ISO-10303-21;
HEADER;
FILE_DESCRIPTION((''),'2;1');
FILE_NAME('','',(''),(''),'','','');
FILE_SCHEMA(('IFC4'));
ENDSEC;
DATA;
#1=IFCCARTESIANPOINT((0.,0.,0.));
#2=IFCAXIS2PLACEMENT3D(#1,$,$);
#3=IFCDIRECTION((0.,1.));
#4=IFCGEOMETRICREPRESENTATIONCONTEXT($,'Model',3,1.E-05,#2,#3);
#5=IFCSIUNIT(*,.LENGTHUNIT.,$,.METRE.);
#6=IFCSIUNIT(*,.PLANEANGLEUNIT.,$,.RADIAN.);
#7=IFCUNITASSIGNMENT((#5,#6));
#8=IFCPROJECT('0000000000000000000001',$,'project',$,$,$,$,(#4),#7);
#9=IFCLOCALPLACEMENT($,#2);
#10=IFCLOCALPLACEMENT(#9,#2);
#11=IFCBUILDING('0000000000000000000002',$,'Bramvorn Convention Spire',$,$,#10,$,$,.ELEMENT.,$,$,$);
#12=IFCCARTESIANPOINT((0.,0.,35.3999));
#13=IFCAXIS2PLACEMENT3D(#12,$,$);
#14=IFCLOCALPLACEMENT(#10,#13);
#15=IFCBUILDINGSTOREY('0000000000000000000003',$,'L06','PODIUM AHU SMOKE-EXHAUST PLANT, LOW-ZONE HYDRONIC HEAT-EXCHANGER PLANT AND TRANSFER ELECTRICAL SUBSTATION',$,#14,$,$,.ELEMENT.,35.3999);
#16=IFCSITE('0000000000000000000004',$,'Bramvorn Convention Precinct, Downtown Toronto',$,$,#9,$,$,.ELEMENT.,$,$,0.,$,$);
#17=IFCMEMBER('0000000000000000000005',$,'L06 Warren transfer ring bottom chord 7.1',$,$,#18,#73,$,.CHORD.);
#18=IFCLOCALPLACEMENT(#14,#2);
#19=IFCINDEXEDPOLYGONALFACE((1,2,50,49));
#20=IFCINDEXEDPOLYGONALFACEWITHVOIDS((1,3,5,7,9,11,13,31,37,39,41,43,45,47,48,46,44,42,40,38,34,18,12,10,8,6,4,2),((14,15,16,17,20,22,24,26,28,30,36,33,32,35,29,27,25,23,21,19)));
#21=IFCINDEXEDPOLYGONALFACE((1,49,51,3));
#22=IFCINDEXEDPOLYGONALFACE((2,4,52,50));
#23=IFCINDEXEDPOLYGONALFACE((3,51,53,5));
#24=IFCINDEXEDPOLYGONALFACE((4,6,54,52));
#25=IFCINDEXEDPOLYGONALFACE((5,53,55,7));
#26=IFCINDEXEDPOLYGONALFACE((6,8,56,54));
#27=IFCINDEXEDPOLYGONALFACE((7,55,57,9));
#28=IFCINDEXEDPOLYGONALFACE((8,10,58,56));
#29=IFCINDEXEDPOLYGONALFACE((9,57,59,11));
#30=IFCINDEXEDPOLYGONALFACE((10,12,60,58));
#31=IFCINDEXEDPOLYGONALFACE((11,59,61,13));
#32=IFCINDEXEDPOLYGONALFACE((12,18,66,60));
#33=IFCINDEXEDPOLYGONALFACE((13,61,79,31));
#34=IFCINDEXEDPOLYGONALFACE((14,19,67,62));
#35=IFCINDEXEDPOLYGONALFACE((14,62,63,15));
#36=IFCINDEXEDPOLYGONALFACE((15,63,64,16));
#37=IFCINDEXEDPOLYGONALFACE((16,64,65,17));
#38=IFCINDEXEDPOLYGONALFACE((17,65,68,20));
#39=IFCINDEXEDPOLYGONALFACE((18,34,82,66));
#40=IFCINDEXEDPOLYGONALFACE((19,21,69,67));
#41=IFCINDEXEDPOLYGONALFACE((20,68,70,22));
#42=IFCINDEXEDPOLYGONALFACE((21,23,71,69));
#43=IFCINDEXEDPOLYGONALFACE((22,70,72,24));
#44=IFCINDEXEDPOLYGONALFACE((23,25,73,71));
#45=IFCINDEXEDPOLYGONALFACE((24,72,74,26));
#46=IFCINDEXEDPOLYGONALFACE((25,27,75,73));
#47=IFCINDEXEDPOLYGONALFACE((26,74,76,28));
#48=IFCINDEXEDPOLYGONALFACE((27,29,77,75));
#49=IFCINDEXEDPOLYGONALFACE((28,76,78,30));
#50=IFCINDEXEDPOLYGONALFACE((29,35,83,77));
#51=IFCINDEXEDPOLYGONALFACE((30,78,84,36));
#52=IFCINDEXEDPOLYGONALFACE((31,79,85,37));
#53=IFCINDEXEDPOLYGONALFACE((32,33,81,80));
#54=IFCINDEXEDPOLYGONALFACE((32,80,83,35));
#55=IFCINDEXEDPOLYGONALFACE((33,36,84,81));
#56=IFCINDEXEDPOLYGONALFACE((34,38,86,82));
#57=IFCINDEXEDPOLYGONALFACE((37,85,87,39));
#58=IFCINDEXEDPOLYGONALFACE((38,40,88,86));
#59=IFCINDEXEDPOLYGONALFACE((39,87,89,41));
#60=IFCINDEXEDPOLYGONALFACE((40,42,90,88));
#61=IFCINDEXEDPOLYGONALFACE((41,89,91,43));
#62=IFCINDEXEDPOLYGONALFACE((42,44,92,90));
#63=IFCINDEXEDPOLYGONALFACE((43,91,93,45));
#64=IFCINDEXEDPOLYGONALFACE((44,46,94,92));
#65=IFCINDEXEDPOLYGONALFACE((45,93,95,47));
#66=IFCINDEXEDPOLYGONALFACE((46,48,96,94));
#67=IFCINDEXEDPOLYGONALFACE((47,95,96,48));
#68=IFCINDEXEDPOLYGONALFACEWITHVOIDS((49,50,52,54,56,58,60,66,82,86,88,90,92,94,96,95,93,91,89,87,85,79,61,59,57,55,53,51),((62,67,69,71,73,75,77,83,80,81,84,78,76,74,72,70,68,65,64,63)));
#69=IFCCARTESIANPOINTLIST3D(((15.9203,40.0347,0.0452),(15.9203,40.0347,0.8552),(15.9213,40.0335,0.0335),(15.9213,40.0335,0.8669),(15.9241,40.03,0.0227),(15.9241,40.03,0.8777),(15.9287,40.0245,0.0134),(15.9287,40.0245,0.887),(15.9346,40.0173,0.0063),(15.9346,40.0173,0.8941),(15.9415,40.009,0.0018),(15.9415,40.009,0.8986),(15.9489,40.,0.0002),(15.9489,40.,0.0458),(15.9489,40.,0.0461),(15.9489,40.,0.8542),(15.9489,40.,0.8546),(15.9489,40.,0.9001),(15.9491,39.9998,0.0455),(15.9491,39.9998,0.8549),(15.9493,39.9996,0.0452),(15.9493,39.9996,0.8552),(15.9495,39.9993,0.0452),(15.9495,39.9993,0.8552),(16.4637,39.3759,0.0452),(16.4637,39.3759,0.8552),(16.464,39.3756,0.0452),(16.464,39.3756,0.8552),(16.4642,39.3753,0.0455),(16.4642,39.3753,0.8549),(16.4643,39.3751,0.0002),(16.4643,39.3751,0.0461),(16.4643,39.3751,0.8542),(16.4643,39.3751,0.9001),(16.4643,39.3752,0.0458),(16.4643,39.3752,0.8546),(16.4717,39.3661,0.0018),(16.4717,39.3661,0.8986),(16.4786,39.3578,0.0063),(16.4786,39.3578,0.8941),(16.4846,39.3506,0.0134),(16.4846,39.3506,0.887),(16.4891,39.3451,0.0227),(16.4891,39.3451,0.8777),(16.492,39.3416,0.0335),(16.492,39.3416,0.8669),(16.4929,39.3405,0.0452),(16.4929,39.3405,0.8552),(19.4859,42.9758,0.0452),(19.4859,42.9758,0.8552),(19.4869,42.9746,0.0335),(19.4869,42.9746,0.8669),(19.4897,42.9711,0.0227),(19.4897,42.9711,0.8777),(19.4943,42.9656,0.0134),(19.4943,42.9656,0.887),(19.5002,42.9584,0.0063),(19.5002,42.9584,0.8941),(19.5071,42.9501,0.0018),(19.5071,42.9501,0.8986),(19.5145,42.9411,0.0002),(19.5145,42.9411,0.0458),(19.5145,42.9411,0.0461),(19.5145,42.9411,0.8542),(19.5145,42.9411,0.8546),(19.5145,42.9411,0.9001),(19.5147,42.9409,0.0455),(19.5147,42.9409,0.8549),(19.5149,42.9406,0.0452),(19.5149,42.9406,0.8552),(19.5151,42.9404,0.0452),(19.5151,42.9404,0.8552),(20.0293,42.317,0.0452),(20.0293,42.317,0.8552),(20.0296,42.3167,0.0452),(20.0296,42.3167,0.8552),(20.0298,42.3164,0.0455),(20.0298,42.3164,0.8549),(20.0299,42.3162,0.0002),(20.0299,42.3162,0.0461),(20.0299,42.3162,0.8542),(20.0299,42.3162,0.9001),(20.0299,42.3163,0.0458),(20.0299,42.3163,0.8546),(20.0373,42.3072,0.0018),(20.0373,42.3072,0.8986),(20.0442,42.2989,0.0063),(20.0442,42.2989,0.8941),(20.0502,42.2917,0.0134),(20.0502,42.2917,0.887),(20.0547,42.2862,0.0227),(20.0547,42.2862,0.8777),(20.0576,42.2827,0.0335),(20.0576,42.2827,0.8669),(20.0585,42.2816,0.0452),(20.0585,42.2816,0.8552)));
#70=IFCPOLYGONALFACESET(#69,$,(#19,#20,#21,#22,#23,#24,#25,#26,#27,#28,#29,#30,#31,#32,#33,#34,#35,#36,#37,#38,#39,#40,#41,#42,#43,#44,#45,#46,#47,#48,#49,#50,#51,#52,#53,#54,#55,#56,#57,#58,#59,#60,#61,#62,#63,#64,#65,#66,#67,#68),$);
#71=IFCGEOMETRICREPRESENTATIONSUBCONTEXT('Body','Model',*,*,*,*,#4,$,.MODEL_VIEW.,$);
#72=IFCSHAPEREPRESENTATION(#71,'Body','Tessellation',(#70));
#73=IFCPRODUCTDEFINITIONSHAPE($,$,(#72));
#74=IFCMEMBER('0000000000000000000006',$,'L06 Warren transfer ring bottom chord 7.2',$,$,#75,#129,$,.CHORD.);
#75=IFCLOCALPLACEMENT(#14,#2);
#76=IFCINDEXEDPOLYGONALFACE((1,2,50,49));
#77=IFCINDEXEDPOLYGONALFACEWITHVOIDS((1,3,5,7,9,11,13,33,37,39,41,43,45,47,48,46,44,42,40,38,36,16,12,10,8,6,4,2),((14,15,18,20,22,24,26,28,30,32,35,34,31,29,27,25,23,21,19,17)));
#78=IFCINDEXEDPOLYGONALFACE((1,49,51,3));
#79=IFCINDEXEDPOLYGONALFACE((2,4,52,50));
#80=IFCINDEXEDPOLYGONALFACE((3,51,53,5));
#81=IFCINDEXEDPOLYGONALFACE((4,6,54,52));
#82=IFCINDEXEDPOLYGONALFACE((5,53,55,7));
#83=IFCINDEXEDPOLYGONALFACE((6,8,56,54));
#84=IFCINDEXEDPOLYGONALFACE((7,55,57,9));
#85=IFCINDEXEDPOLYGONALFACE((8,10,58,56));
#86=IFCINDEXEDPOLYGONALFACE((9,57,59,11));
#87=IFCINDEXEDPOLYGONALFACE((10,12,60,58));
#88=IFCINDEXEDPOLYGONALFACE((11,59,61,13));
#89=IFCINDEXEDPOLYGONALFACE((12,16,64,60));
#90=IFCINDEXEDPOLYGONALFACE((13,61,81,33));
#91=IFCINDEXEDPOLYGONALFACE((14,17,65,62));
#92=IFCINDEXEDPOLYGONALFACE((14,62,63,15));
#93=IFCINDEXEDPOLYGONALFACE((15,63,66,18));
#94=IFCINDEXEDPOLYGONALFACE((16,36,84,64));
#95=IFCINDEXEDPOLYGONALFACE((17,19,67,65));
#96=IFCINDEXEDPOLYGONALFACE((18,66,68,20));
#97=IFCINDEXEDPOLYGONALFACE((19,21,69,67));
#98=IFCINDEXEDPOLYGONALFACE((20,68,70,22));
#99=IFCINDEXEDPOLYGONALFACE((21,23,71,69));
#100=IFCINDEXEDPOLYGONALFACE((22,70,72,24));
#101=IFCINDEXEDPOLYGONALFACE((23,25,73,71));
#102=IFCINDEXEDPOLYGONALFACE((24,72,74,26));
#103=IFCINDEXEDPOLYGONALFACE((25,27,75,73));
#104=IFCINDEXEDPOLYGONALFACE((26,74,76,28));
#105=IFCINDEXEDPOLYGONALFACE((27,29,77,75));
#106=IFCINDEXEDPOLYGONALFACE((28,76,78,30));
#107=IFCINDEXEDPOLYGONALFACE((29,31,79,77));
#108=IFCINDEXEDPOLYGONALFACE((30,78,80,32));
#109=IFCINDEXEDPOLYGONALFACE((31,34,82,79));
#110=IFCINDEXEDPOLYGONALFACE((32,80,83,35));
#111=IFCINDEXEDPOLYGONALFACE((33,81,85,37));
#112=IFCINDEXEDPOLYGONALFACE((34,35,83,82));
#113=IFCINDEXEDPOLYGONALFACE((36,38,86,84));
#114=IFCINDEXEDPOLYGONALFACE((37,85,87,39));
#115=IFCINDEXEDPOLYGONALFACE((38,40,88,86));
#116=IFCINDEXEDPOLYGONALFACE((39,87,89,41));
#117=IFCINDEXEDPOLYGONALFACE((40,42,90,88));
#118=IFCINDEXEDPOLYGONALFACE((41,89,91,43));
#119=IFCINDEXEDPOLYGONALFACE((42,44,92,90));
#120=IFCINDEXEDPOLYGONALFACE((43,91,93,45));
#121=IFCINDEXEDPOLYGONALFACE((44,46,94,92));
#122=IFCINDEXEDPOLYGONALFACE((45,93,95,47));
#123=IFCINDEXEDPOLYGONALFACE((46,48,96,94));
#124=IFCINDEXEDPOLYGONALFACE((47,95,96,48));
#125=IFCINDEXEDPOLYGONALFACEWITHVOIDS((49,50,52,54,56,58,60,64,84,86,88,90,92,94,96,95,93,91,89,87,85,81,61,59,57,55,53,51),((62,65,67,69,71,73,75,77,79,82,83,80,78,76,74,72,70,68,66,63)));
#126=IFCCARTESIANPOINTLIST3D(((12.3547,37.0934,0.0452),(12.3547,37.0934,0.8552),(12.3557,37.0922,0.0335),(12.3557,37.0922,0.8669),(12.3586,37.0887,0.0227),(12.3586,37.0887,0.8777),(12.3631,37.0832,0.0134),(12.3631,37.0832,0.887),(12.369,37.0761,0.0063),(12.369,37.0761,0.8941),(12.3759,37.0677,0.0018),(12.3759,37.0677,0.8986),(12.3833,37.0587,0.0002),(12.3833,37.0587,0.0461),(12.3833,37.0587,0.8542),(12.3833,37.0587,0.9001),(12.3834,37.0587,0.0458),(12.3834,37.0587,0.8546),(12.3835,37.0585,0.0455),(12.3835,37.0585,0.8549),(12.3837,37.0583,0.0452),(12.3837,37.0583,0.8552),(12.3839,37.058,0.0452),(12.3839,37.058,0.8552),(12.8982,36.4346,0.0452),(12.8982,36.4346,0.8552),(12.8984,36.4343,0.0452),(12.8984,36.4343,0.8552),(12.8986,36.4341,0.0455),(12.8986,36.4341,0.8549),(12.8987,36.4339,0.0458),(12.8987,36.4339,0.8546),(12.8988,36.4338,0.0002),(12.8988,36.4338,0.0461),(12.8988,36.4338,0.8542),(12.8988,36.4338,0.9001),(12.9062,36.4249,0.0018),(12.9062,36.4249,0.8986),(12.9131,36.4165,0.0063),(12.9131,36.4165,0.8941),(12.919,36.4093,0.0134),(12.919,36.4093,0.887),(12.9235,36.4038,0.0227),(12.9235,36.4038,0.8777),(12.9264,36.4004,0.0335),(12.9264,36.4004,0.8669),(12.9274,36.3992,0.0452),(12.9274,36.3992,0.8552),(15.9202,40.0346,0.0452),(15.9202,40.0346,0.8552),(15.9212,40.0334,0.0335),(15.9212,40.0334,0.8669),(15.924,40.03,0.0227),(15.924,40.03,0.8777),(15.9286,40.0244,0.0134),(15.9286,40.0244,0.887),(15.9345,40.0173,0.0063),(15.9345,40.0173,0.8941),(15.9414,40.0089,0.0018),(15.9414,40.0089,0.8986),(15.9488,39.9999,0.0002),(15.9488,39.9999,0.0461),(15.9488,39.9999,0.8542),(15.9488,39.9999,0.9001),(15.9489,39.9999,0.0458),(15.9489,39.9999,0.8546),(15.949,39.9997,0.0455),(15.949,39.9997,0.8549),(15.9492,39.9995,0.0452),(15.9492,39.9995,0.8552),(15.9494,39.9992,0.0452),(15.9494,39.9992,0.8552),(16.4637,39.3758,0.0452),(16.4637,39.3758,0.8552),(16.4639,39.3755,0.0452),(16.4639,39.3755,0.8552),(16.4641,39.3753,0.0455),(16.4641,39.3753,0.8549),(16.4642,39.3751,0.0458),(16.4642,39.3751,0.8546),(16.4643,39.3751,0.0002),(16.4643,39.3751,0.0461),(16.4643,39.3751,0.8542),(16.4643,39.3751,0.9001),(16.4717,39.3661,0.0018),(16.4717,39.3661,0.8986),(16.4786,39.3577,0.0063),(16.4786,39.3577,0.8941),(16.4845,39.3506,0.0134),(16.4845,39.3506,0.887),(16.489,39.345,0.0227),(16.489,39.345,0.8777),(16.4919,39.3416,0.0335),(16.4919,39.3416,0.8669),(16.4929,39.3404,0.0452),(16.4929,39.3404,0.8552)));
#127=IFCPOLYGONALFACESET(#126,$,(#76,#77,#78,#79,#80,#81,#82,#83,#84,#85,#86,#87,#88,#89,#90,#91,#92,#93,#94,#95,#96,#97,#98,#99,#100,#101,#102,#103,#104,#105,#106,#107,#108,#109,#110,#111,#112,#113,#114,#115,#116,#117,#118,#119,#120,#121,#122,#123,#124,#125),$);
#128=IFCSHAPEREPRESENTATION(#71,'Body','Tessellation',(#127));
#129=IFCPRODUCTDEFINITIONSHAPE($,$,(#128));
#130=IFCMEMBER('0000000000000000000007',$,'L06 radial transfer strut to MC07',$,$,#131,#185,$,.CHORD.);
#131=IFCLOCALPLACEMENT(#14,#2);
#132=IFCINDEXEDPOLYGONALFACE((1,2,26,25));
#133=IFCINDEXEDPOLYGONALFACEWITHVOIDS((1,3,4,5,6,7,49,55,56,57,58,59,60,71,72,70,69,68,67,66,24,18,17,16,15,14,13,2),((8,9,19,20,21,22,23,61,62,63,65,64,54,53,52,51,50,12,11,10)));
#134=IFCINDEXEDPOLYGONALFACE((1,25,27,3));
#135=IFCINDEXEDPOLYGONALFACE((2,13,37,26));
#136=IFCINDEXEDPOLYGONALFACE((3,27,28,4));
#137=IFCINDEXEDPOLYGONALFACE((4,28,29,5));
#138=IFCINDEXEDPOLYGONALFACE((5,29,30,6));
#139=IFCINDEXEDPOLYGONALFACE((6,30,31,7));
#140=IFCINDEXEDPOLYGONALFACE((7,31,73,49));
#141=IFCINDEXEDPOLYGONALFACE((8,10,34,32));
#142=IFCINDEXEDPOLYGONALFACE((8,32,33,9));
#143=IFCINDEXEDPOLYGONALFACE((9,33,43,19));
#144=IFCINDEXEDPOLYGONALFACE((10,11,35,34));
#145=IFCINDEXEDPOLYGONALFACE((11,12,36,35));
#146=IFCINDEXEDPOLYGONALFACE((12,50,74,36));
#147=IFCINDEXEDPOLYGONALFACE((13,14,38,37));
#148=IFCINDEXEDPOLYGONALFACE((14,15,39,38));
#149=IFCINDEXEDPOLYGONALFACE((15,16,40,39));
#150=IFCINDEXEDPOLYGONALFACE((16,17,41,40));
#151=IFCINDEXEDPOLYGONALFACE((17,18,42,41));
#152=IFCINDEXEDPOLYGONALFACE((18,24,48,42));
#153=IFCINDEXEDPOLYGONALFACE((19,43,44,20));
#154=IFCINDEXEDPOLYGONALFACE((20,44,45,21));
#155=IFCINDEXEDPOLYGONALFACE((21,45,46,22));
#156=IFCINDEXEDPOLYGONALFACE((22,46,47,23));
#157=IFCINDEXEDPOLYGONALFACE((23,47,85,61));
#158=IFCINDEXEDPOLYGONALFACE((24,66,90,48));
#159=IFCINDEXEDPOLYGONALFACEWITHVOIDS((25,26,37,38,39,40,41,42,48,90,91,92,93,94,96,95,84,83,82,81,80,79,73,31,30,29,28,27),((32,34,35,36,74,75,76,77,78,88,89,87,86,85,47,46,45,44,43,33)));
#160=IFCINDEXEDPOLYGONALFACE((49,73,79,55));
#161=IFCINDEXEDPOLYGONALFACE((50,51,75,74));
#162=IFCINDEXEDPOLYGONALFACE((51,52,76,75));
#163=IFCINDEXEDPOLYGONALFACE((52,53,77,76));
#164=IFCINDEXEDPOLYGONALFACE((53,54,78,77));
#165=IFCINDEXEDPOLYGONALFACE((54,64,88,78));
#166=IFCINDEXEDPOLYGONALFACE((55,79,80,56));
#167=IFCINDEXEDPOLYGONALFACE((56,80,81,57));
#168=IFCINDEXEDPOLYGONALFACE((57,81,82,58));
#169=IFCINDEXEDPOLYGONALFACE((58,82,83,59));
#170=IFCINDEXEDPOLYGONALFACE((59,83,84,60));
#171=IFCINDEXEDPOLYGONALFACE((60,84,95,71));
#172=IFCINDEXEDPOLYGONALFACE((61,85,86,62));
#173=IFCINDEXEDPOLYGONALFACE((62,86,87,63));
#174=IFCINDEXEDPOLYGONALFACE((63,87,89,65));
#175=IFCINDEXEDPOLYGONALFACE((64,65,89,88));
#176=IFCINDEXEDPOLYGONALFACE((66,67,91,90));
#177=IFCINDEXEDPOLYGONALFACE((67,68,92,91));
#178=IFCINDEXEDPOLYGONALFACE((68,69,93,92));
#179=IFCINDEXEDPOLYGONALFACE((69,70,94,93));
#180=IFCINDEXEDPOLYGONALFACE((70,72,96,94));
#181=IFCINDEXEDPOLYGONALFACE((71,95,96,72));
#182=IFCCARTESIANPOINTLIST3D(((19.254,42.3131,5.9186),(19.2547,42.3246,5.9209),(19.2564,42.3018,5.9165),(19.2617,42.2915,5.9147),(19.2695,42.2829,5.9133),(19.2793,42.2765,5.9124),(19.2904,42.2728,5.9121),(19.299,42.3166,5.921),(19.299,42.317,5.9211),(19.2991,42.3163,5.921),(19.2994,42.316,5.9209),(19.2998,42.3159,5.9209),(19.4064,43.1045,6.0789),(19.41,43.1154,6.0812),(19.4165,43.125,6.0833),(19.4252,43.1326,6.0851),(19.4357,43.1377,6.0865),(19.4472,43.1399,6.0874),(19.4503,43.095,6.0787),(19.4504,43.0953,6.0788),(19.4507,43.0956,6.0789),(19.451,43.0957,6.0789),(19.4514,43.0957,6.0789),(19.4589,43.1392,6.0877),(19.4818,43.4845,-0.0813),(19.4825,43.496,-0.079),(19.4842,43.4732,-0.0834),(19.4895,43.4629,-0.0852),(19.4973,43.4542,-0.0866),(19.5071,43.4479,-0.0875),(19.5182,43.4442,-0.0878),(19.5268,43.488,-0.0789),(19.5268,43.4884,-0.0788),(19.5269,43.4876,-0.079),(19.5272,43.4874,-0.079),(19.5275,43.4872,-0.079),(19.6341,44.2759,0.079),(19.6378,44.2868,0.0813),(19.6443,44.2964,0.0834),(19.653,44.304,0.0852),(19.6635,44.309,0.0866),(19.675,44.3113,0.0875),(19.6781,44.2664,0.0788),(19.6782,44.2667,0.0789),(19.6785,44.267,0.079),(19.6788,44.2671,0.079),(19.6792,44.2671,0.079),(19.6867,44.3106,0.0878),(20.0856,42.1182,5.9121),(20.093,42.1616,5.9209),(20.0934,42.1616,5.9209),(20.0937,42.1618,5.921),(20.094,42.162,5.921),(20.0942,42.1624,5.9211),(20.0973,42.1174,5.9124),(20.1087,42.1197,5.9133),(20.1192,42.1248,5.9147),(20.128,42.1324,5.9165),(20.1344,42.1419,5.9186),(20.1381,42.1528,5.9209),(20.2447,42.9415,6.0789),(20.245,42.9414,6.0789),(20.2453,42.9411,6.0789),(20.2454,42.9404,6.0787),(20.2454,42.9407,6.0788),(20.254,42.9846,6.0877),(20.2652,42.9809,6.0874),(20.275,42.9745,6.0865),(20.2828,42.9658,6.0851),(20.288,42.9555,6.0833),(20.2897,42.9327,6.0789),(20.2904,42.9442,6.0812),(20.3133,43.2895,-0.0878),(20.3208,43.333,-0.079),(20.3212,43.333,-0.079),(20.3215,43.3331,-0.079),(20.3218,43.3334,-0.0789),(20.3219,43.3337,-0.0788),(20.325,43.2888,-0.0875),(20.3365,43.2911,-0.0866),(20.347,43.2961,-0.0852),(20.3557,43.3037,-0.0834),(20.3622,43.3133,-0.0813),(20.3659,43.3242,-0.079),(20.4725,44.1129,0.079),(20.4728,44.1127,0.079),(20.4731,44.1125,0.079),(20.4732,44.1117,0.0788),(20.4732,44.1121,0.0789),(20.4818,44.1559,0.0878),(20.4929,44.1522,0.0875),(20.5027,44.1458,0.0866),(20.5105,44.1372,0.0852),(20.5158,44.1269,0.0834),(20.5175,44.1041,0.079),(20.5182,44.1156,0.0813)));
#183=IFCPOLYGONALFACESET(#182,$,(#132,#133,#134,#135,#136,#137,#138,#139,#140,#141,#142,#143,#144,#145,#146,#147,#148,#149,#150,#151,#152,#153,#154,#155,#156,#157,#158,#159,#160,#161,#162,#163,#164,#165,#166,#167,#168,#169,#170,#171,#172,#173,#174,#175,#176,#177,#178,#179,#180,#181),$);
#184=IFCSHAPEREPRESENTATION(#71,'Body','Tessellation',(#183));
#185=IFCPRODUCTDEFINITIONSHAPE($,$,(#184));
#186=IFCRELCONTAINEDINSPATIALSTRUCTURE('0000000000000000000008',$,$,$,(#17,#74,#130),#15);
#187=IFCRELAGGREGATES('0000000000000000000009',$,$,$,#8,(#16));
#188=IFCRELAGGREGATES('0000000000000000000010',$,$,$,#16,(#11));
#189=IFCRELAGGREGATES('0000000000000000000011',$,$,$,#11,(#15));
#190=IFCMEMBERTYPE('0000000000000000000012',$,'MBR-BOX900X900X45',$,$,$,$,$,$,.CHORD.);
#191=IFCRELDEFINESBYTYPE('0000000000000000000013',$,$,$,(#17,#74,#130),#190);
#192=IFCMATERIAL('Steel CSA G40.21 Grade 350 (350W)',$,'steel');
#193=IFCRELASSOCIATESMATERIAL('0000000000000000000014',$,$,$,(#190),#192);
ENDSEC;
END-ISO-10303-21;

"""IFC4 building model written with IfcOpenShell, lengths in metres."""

from ifc_helpers import new_model, si_unit, direction, frame, origin, origin_2d, place, context, subcontext, project, spatial, hollow_rectangle, extrude, material, material_profile, profile_set, type_object, element, save


model = new_model("IFC4")

# Units and contexts
model_context = context("Model", 3, precision=1e-05, world=origin(), true_north=direction((0.0, 1.0)))
body_context = subcontext(model_context, "Body", "Model", "MODEL_VIEW")
ifc_project = project(units=[si_unit("LENGTHUNIT", "METRE"), si_unit("PLANEANGLEUNIT", "RADIAN")], contexts=[model_context])

# Site, building, storey
site_placement = place(None, origin())
site = spatial("IfcSite", under=ifc_project, at=site_placement, Name="Bramvorn Convention Precinct, Downtown Toronto", CompositionType="ELEMENT", RefElevation=0.0)
building_placement = place(site_placement, origin())
building = spatial("IfcBuilding", under=site, at=building_placement, Name="Bramvorn Convention Spire", CompositionType="ELEMENT")
storey_placement = place(building_placement, frame((0.0, 0.0, 35.3999)))
storey = spatial("IfcBuildingStorey", under=building, at=storey_placement, Name="L06", Description="PODIUM AHU SMOKE-EXHAUST PLANT, LOW-ZONE HYDRONIC HEAT-EXCHANGER PLANT AND TRANSFER ELECTRICAL SUBSTATION", CompositionType="ELEMENT", Elevation=35.3999)

# Shared definitions
ifc_material_1 = material(Name="Steel CSA G40.21 Grade 350 (350W)", Category="steel")

# Members
ifc_material_profile_1 = material_profile(ifc_material_1, hollow_rectangle(XDim=0.8999, YDim=0.8999, WallThickness=0.0449, InnerFilletRadius=0.001, OuterFilletRadius=0.0449, at=origin_2d()))
ifc_profile_set_1 = profile_set([ifc_material_profile_1], Name="Steel CSA G40.21 Grade 350 (350W) - BOX900X900X45")
member_type_1 = type_object("IfcMemberType", Name="MBR-BOX900X900X45", PredefinedType="CHORD", material=ifc_profile_set_1)
for number, where, z_axis, x_axis, name in (
    (1, (19.7722, 42.6287, 0.4502), (-0.771428, -0.636316, 0.0), (0.636316, -0.771428, 0.0), "L06 Warren transfer ring bottom chord 7.1"),
    (2, (16.2065, 39.6875, 0.4502), (-0.771407, -0.636342, 0.0), (0.636342, -0.771407, 0.0), "L06 Warren transfer ring bottom chord 7.2"),
):
    element("IfcMember", number, at=place(storey_placement, frame(where, z_axis=z_axis, x_axis=x_axis)), inside=storey, type_object=member_type_1, Name=name, PredefinedType="CHORD", context=body_context, shape_type="SweptSolid", body=[
        extrude(hollow_rectangle(XDim=0.8999, YDim=0.8999, WallThickness=0.0449, InnerFilletRadius=0.001, OuterFilletRadius=0.0449, at=origin_2d()), origin(), (0.0, 0.0, 1.0), 4.6221),
    ])
member_1_placement = place(storey_placement, frame((20.0, 43.8, 0.0), z_axis=(-0.037235, -0.191481, 0.98079), x_axis=(0.981613, -0.190881, 0.0)))
element("IfcMember", 3, at=member_1_placement, inside=storey, type_object=member_type_1, Name="L06 radial transfer strut to MC07", PredefinedType="CHORD", context=body_context, shape_type="SweptSolid", body=[
    extrude(hollow_rectangle(XDim=0.8999, YDim=0.8999, WallThickness=0.0449, InnerFilletRadius=0.001, OuterFilletRadius=0.0449, at=origin_2d()), origin(), (0.0, 0.0, 1.0), 6.1174),
])

save(model, "model.ifc")
